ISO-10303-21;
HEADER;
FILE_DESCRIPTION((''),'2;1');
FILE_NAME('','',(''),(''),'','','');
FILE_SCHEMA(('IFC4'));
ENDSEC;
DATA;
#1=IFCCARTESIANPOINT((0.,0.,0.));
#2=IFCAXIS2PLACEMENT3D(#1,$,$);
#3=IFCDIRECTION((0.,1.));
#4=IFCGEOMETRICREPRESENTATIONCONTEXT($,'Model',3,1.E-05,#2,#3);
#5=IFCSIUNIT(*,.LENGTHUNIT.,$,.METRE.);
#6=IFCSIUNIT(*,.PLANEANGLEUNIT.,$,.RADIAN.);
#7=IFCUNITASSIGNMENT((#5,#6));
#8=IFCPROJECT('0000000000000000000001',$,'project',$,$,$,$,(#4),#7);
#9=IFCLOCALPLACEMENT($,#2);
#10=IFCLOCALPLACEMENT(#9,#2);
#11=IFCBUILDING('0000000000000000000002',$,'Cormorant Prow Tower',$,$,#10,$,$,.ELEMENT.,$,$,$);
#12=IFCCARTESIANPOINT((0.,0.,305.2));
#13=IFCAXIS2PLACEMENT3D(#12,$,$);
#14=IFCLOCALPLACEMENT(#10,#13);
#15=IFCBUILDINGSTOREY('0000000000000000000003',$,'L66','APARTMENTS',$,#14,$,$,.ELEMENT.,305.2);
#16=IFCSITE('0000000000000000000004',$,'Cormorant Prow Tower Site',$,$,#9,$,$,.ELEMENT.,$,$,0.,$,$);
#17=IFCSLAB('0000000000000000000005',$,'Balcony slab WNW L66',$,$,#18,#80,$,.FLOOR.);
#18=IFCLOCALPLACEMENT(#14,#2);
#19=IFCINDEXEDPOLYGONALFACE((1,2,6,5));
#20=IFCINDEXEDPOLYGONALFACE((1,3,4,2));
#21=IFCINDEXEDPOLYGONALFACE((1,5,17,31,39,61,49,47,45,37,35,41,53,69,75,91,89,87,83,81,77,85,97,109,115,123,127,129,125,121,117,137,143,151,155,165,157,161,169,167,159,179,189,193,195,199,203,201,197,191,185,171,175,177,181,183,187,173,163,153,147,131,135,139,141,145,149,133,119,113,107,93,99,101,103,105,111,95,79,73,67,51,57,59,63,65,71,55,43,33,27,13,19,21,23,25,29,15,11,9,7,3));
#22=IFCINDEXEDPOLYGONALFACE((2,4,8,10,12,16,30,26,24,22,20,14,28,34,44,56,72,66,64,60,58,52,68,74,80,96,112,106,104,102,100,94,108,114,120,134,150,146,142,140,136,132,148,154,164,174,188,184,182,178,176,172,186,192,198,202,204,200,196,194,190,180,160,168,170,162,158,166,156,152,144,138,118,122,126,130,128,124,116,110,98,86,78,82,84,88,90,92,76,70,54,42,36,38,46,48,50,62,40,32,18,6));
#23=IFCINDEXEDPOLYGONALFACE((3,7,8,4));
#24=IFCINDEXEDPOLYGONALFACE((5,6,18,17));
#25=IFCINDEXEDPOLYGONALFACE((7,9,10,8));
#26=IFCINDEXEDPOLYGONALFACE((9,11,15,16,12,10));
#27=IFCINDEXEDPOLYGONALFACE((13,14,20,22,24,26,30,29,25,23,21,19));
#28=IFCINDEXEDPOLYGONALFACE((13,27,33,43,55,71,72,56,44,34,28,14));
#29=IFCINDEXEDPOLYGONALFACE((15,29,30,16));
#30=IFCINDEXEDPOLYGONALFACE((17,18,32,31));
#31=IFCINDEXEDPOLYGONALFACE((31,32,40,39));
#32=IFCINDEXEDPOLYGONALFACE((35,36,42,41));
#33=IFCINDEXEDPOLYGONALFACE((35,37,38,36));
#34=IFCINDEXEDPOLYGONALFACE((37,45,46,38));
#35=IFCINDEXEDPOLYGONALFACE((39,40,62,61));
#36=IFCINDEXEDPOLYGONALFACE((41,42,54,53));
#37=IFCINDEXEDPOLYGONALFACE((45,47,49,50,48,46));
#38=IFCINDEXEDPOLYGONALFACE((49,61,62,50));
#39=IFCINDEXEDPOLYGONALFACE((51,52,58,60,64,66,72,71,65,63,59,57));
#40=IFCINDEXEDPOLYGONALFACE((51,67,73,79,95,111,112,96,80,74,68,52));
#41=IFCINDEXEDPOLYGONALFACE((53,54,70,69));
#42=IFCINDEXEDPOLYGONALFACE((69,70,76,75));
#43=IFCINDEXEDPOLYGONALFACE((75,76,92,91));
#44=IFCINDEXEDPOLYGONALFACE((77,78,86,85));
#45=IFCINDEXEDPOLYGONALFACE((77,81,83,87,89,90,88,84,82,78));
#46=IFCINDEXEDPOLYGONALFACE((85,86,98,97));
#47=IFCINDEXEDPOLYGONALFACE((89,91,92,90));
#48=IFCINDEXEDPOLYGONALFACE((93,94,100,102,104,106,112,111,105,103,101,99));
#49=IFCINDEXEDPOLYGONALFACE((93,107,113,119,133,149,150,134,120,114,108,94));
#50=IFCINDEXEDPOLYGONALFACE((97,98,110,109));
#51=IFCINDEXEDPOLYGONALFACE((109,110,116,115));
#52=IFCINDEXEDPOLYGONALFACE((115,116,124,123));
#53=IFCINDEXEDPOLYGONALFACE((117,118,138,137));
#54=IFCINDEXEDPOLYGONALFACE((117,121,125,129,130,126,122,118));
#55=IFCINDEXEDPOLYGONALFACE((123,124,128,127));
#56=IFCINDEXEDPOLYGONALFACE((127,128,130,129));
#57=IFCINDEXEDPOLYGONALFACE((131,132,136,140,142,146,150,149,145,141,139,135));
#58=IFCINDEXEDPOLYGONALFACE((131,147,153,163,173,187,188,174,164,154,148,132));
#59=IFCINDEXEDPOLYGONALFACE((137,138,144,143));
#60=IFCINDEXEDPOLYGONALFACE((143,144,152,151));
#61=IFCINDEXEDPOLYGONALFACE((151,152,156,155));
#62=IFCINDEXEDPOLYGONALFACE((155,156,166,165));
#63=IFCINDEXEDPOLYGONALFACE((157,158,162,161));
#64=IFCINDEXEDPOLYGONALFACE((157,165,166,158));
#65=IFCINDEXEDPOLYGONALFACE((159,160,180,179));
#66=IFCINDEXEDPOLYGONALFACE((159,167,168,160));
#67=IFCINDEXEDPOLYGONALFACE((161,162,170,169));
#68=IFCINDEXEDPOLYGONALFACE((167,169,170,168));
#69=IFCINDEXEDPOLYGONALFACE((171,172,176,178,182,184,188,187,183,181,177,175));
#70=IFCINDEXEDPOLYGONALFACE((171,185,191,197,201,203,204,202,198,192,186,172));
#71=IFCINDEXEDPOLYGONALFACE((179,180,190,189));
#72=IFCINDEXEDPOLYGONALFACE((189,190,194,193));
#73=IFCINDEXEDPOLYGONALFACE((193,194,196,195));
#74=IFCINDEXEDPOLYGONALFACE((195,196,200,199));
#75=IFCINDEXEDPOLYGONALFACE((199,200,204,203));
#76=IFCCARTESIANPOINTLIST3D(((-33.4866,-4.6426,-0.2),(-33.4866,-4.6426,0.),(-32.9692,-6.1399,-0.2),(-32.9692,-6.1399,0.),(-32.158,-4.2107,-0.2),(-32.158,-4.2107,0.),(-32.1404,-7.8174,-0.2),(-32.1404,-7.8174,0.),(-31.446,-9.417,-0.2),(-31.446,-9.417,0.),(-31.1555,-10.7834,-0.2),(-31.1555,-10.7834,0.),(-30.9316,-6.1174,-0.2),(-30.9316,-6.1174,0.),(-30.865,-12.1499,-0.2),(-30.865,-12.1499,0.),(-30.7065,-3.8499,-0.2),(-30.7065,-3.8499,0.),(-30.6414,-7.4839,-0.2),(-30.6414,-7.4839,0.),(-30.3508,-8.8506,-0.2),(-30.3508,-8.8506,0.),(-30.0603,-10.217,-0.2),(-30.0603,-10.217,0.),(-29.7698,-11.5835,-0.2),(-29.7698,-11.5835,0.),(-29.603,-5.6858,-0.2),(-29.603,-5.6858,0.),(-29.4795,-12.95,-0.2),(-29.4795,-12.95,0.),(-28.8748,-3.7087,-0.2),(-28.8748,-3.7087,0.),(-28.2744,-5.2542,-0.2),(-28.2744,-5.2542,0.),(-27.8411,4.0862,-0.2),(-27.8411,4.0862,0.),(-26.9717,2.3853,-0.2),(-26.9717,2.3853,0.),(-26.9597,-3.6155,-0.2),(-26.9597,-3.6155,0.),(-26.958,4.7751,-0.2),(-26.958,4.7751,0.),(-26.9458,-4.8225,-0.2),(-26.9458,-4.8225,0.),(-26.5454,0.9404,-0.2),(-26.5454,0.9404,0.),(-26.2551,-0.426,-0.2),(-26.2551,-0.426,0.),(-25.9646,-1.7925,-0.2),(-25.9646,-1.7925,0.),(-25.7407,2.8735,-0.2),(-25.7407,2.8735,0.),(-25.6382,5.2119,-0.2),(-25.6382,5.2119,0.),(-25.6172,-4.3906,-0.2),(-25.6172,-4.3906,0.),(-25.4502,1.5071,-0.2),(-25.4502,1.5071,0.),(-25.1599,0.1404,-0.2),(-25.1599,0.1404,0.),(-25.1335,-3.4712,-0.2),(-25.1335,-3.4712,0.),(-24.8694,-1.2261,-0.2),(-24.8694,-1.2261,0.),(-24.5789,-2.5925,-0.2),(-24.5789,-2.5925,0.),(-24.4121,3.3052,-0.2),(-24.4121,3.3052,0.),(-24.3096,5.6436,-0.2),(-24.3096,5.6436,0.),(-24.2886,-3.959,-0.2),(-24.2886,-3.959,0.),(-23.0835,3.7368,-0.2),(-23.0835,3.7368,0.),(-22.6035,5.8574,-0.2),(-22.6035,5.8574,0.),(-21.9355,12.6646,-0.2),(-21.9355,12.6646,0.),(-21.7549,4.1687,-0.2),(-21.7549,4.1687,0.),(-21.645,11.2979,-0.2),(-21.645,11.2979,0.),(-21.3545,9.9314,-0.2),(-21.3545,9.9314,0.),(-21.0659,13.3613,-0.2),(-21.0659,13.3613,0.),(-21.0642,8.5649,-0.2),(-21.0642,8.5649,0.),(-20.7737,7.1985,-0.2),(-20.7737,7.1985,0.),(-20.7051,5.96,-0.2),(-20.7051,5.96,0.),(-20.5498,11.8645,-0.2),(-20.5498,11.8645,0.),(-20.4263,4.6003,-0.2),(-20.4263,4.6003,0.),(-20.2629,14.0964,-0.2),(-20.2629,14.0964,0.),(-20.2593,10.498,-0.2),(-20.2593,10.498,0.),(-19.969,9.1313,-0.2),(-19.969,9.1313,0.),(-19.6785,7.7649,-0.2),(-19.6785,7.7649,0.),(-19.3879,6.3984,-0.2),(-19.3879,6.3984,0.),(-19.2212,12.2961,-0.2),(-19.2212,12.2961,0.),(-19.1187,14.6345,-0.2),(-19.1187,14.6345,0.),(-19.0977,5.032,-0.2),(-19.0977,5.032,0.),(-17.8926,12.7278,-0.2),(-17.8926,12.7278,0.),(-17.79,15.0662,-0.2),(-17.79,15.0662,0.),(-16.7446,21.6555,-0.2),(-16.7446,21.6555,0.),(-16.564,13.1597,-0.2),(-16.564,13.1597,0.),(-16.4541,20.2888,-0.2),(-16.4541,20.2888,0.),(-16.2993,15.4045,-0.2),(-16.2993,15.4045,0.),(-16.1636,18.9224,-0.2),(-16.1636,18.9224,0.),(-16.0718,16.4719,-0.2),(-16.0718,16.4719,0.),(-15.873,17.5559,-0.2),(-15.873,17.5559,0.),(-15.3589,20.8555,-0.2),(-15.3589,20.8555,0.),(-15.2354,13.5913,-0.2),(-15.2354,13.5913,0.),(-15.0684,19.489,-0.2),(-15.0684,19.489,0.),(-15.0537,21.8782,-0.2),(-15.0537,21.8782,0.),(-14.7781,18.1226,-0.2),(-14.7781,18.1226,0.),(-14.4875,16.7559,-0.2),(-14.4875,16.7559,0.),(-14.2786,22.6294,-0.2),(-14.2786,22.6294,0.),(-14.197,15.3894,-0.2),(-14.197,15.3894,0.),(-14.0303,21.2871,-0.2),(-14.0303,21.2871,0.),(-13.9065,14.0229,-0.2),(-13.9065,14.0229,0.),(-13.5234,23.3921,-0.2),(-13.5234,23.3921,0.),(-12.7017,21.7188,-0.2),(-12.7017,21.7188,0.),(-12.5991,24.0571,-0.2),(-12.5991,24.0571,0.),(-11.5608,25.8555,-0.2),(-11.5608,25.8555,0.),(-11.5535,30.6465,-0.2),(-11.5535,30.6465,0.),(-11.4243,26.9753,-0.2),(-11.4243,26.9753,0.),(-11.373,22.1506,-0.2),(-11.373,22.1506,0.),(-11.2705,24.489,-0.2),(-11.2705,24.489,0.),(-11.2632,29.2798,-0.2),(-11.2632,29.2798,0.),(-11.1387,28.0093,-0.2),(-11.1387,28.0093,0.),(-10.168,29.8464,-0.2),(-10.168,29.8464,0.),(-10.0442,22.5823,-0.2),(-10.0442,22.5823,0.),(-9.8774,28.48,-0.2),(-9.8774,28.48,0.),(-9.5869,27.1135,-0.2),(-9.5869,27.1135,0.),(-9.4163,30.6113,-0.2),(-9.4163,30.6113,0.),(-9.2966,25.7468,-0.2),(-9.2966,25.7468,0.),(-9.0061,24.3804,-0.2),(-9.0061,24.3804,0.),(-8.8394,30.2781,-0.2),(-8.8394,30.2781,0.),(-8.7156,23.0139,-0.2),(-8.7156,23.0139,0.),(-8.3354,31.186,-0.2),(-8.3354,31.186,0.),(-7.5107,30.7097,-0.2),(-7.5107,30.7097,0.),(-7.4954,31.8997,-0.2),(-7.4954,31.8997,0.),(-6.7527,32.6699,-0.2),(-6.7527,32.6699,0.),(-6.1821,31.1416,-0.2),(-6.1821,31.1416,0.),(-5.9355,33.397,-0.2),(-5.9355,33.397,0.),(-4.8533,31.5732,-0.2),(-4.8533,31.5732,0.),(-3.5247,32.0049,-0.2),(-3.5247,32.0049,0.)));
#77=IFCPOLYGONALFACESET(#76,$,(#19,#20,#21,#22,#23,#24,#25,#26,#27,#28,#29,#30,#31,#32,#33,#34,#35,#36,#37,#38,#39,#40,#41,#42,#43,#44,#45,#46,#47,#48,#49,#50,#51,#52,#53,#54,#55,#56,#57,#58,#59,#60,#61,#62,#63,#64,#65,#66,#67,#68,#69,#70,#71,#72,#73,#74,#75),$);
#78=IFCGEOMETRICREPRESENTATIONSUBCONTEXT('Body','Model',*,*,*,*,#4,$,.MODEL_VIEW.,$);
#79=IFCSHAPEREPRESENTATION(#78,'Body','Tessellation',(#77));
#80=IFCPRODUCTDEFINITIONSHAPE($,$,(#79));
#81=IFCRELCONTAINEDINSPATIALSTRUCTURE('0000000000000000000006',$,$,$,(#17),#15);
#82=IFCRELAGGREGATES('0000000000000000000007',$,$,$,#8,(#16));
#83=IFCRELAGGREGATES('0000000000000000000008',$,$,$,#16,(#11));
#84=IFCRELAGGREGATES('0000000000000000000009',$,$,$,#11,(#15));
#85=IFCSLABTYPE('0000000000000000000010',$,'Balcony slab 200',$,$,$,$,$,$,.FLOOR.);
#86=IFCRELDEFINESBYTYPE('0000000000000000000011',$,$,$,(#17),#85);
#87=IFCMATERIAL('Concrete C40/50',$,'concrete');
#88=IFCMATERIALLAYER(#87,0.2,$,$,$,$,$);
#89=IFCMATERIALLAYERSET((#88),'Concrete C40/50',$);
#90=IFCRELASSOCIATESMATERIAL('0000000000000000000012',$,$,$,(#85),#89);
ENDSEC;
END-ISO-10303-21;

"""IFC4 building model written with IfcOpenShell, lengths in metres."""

from ifc_helpers import new_model, si_unit, direction, frame, origin, place, context, subcontext, project, spatial, polyline, outline, extrude, material, layer, layer_set, type_object, element, save


model = new_model("IFC4")

# Units and contexts
model_context = context("Model", 3, precision=1e-05, world=origin(), true_north=direction((0.0, 1.0)))
body_context = subcontext(model_context, "Body", "Model", "MODEL_VIEW")
ifc_project = project(units=[si_unit("LENGTHUNIT", "METRE"), si_unit("PLANEANGLEUNIT", "RADIAN")], contexts=[model_context])

# Site, building, storey
site_placement = place(None, origin())
site = spatial("IfcSite", under=ifc_project, at=site_placement, Name="Cormorant Prow Tower Site", CompositionType="ELEMENT", RefElevation=0.0)
building_placement = place(site_placement, origin())
building = spatial("IfcBuilding", under=site, at=building_placement, Name="Cormorant Prow Tower", CompositionType="ELEMENT")
storey_placement = place(building_placement, frame((0.0, 0.0, 305.2)))
storey = spatial("IfcBuildingStorey", under=building, at=storey_placement, Name="L66", Description="APARTMENTS", CompositionType="ELEMENT", Elevation=305.2)

# Slab
ifc_material_1 = material(Name="Concrete C40/50", Category="concrete")
ifc_layer_1 = layer(ifc_material_1, 0.2)
ifc_layer_set_1 = layer_set([ifc_layer_1], Name="Concrete C40/50")
slab_type_1 = type_object("IfcSlabType", Name="Balcony slab 200", PredefinedType="FLOOR", material=ifc_layer_set_1)
slab_1_placement = place(storey_placement, frame((0.0, 0.0, -0.2)))
element("IfcSlab", 1, at=slab_1_placement, inside=storey, type_object=slab_type_1, Name="Balcony slab WNW L66", PredefinedType="FLOOR", context=body_context, shape_type="SweptSolid", body=[
    extrude(outline(polyline([(-3.5247, 32.0049), (-5.9355, 33.397), (-6.7527, 32.6699), (-7.4954, 31.8997), (-8.3354, 31.186), (-9.4163, 30.6113), (-11.5535, 30.6465), (-11.2632, 29.2798), (-11.1387, 28.0093), (-11.4243, 26.9753), (-11.5608, 25.8555), (-11.2705, 24.489), (-12.5991, 24.0571), (-13.5234, 23.3921), (-14.2786, 22.6294), (-15.0537, 21.8782), (-16.7446, 21.6555), (-16.4541, 20.2888), (-16.1636, 18.9224), (-15.873, 17.5559), (-16.0718, 16.4719), (-16.2993, 15.4045), (-17.79, 15.0662), (-19.1187, 14.6345), (-20.2629, 14.0964), (-21.0659, 13.3613), (-21.9355, 12.6646), (-21.645, 11.2979), (-21.3545, 9.9314), (-21.0642, 8.5649), (-20.7737, 7.1985), (-20.7051, 5.96), (-22.6035, 5.8574), (-24.3096, 5.6436), (-25.6382, 5.2119), (-26.958, 4.7751), (-27.8411, 4.0862), (-26.9717, 2.3853), (-26.5454, 0.9404), (-26.2551, -0.426), (-25.9646, -1.7925), (-25.1335, -3.4712), (-26.9597, -3.6155), (-28.8748, -3.7087), (-30.7065, -3.8499), (-32.158, -4.2107), (-33.4866, -4.6426), (-32.9692, -6.1399), (-32.1404, -7.8174), (-31.446, -9.417), (-31.1555, -10.7834), (-30.865, -12.1499), (-29.4795, -12.95), (-29.7698, -11.5835), (-30.0603, -10.217), (-30.3508, -8.8506), (-30.6414, -7.4839), (-30.9316, -6.1174), (-29.603, -5.6858), (-28.2744, -5.2542), (-26.9458, -4.8225), (-25.6172, -4.3906), (-24.2886, -3.959), (-24.5789, -2.5925), (-24.8694, -1.2261), (-25.1599, 0.1404), (-25.4502, 1.5071), (-25.7407, 2.8735), (-24.4121, 3.3052), (-23.0835, 3.7368), (-21.7549, 4.1687), (-20.4263, 4.6003), (-19.0977, 5.032), (-19.3879, 6.3984), (-19.6785, 7.7649), (-19.969, 9.1313), (-20.2593, 10.498), (-20.5498, 11.8645), (-19.2212, 12.2961), (-17.8926, 12.7278), (-16.564, 13.1597), (-15.2354, 13.5913), (-13.9065, 14.0229), (-14.197, 15.3894), (-14.4875, 16.7559), (-14.7781, 18.1226), (-15.0684, 19.489), (-15.3589, 20.8555), (-14.0303, 21.2871), (-12.7017, 21.7188), (-11.373, 22.1506), (-10.0442, 22.5823), (-8.7156, 23.0139), (-9.0061, 24.3804), (-9.2966, 25.7468), (-9.5869, 27.1135), (-9.8774, 28.48), (-10.168, 29.8464), (-8.8394, 30.2781), (-7.5107, 30.7097), (-6.1821, 31.1416), (-4.8533, 31.5732), (-3.5247, 32.0049)])), origin(), (0.0, 0.0, 1.0), 0.2),
])

save(model, "model.ifc")
